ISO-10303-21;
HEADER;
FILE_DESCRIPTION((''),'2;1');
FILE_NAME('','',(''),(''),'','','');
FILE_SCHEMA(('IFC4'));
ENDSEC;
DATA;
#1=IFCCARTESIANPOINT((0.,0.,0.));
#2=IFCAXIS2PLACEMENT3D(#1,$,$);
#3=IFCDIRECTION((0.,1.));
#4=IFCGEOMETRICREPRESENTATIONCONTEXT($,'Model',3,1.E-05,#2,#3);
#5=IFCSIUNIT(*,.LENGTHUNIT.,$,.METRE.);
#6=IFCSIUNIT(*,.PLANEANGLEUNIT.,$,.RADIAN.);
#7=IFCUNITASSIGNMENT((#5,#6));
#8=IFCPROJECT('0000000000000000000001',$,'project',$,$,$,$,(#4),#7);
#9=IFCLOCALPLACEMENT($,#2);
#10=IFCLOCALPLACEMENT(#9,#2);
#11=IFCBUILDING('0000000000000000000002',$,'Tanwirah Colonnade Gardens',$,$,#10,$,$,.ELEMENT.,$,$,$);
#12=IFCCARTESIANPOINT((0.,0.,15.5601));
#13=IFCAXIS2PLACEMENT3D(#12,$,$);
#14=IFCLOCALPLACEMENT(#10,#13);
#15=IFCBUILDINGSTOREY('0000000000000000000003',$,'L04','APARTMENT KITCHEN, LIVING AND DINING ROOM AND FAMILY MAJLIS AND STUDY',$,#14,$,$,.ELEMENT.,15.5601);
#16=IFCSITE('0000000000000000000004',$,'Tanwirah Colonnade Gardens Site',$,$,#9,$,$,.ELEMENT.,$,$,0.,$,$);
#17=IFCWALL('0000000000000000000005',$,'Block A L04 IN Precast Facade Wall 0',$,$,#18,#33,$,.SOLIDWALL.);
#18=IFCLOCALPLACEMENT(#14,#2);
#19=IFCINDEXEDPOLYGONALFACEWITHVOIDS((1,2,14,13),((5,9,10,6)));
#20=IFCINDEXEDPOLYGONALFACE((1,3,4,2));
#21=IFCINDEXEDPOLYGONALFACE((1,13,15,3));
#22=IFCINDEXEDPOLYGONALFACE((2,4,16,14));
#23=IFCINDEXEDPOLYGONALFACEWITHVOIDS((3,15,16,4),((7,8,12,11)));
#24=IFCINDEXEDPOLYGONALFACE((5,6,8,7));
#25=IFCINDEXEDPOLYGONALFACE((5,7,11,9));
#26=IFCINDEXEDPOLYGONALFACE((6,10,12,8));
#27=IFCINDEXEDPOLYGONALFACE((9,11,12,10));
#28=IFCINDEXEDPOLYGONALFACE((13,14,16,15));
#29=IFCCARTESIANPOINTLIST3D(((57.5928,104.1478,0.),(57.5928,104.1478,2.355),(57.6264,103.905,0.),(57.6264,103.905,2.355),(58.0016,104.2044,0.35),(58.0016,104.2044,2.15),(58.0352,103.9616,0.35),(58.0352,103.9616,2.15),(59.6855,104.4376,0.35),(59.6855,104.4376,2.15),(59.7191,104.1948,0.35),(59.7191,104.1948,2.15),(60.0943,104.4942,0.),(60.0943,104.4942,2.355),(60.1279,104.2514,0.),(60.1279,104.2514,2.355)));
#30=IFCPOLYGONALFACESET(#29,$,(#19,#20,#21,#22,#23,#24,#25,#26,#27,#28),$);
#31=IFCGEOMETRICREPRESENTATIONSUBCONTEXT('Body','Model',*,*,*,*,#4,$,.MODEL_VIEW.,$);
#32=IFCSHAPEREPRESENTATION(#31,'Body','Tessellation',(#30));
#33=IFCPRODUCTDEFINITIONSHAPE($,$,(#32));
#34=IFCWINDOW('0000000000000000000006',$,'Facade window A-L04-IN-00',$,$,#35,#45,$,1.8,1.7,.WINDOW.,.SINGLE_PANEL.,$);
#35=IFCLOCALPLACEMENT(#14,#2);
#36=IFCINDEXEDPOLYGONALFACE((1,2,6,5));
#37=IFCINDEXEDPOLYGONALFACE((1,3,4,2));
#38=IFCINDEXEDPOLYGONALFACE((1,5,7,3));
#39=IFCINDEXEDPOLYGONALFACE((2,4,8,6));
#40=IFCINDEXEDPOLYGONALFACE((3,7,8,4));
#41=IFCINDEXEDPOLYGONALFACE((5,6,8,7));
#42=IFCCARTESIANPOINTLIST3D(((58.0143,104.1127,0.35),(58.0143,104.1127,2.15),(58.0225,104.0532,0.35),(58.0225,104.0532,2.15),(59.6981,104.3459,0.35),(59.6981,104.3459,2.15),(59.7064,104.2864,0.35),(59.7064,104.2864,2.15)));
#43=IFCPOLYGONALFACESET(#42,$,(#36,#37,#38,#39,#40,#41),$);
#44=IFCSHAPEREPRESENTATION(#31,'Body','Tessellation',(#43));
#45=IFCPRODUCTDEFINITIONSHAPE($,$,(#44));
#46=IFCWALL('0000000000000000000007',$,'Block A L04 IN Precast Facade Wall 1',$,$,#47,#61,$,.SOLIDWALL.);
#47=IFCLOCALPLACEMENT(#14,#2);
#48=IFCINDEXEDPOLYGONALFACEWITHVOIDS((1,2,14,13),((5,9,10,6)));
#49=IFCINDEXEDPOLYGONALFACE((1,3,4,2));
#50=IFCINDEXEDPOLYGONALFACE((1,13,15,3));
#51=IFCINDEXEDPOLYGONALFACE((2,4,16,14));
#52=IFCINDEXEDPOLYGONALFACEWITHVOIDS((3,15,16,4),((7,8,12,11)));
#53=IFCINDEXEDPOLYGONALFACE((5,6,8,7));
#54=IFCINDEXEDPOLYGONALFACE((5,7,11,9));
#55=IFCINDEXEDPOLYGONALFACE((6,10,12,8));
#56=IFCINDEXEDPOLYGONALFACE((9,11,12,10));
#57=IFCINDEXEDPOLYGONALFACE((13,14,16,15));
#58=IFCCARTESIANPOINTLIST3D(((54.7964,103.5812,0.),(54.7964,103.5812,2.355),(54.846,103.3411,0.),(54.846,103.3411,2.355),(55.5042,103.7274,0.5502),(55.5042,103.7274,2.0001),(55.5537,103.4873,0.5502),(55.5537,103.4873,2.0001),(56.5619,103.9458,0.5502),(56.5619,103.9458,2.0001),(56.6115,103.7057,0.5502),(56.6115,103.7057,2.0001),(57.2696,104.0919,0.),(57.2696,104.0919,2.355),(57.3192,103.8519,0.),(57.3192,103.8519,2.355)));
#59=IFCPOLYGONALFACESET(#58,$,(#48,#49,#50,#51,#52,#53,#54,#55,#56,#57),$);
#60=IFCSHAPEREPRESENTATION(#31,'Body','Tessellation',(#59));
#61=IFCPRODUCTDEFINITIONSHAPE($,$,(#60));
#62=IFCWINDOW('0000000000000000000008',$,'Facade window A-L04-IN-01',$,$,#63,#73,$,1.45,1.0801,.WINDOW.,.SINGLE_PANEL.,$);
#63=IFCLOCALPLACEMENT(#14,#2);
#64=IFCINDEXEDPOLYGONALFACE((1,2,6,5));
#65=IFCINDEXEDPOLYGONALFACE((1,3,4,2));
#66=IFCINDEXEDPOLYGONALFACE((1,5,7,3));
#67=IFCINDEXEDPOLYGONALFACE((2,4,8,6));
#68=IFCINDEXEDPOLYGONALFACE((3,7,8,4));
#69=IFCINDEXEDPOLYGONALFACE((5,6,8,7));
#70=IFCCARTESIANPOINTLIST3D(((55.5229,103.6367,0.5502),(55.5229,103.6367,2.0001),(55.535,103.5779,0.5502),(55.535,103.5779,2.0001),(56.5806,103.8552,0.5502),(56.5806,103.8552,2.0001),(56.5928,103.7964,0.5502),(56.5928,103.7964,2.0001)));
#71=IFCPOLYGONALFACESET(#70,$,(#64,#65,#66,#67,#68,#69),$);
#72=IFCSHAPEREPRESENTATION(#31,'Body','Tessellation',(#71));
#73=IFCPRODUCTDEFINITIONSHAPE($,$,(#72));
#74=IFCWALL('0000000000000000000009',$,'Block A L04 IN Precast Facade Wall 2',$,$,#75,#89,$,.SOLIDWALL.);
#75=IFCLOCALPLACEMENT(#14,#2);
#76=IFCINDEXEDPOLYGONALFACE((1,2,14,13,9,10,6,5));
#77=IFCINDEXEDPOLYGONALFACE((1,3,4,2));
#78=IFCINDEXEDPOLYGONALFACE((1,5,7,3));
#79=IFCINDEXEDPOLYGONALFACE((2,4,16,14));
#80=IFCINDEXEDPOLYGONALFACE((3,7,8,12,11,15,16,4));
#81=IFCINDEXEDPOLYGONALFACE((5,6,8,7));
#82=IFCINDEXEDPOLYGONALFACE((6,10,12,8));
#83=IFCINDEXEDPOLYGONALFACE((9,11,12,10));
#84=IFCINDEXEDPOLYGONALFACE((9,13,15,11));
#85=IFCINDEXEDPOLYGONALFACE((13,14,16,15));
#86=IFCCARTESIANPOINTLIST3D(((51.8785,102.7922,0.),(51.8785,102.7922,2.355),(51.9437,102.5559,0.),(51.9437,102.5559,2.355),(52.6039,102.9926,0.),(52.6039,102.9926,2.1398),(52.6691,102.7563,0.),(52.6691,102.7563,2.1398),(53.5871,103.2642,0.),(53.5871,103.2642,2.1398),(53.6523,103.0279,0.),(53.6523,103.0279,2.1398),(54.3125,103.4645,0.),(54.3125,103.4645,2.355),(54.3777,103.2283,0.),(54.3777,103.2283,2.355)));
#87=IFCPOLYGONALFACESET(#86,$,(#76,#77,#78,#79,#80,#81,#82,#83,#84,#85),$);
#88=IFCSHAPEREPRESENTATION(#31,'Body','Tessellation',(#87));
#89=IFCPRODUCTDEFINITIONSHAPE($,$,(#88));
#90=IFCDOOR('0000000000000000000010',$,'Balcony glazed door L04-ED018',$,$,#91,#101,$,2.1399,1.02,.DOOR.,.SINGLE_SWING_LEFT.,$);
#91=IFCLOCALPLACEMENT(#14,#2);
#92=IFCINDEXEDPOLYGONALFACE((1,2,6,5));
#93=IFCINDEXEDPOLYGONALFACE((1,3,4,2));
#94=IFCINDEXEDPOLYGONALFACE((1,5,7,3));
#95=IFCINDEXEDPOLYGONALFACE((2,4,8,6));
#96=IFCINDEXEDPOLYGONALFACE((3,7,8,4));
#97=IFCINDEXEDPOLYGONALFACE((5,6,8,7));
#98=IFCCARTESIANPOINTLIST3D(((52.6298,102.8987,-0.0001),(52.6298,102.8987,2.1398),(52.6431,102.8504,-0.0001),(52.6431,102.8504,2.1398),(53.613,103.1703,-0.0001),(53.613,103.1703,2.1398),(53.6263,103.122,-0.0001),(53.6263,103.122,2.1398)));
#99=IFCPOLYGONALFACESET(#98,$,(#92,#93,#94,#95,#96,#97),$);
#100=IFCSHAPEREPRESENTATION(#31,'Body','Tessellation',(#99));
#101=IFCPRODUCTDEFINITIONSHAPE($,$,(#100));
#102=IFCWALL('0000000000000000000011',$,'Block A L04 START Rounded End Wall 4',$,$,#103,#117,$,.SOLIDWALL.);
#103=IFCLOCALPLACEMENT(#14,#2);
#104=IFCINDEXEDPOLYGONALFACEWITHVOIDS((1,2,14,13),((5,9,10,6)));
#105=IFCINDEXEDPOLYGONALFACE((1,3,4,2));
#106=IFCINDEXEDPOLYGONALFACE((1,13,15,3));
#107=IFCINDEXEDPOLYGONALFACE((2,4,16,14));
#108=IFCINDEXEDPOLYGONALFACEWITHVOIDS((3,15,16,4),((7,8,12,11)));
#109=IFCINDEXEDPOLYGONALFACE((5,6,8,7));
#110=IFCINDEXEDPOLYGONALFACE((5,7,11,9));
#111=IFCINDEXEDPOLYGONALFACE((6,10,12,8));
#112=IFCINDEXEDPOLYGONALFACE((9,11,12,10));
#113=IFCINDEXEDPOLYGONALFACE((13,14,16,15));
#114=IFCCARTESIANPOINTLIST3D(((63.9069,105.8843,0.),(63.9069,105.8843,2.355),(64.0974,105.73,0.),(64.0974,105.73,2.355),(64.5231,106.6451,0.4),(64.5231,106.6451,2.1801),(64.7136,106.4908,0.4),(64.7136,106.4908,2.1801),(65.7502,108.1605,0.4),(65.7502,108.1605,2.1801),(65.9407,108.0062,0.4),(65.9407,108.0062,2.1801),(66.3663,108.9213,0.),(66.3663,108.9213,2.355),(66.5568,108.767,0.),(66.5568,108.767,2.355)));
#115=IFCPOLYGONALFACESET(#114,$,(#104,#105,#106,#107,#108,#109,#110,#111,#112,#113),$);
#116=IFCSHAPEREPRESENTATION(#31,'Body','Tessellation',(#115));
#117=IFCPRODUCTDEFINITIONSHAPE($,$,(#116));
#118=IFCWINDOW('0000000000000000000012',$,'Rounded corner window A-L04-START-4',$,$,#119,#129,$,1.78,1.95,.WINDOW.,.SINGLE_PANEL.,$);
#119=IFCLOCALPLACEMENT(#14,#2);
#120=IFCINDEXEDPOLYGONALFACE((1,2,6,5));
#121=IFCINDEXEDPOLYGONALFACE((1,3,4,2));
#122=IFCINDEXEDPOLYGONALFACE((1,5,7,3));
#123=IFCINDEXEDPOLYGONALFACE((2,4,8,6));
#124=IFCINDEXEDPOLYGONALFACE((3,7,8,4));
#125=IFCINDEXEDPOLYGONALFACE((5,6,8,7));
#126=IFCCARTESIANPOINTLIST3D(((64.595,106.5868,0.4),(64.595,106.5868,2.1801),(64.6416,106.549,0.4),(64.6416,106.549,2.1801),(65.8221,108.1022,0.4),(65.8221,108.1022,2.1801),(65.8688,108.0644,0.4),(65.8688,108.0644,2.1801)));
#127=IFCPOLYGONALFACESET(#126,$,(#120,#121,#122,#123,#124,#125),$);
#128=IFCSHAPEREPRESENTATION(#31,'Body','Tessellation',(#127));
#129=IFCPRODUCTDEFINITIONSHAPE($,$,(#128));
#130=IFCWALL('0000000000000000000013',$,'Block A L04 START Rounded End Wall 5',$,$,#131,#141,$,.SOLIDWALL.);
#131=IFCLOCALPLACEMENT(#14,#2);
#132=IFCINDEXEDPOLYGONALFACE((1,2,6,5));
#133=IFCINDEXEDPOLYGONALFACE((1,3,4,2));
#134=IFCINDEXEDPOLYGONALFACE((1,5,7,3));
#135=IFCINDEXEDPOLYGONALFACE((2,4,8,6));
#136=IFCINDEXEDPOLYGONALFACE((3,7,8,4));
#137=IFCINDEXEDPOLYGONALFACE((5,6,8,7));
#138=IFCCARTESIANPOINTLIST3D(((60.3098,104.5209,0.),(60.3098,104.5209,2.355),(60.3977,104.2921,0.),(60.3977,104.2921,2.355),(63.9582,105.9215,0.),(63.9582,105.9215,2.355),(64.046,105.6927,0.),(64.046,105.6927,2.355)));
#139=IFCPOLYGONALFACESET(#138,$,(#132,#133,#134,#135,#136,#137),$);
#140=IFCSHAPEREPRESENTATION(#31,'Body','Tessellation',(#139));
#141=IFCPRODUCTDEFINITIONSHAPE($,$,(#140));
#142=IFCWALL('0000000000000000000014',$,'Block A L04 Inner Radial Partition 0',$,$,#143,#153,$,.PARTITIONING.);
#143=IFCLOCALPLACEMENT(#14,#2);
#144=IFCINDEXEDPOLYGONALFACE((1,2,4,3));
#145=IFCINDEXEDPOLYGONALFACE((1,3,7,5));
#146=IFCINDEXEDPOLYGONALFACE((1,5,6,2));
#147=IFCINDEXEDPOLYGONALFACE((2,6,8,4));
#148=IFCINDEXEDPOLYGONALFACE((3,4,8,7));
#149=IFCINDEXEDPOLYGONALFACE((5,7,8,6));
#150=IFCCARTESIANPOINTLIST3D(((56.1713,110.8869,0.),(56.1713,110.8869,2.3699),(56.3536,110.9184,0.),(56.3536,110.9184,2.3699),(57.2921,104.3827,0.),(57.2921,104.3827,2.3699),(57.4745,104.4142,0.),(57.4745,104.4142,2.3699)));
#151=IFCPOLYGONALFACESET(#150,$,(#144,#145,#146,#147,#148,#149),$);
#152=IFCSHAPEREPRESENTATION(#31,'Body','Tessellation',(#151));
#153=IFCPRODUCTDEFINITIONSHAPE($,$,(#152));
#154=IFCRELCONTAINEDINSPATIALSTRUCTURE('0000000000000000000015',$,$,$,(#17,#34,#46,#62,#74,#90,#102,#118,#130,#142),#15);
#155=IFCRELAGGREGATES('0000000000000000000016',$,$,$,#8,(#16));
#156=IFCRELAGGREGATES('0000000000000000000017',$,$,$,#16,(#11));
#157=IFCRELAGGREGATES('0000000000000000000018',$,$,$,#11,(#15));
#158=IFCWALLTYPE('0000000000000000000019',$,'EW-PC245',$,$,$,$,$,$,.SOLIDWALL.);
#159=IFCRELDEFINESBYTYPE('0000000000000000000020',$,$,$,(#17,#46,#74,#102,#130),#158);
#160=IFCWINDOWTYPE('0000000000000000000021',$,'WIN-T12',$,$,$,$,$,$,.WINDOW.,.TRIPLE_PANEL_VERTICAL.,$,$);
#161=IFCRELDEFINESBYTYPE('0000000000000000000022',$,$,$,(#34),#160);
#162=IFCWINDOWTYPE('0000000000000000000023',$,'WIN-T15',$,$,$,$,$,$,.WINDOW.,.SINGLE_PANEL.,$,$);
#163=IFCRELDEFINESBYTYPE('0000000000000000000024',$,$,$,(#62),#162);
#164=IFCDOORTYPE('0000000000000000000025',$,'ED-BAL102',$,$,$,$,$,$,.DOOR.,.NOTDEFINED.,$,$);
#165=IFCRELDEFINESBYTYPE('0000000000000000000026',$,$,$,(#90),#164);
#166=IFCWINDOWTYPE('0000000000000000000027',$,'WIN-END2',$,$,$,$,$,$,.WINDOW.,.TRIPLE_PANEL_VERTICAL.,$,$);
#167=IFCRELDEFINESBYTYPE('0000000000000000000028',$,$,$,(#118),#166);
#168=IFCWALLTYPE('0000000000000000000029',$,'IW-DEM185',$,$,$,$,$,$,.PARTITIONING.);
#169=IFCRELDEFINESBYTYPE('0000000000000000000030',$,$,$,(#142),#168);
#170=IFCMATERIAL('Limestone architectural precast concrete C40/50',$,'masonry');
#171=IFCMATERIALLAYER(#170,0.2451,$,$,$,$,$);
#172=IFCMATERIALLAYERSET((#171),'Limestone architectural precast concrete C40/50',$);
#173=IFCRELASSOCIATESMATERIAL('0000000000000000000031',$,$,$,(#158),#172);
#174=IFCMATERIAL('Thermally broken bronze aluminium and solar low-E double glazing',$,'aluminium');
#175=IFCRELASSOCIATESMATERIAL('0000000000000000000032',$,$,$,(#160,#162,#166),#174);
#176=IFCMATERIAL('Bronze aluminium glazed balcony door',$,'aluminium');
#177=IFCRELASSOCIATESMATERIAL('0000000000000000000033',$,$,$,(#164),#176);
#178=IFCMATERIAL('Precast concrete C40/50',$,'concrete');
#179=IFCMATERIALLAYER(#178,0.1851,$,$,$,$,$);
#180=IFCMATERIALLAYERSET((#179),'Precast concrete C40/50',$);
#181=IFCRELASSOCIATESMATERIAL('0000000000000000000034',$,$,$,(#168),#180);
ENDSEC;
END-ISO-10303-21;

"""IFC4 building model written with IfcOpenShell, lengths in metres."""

from ifc_helpers import new_model, si_unit, direction, frame, frame_2d, origin, place, context, subcontext, project, spatial, rectangle, extrude, material, layer, layer_set, type_object, element, fill, save


model = new_model("IFC4")

# Units and contexts
model_context = context("Model", 3, precision=1e-05, world=origin(), true_north=direction((0.0, 1.0)))
body_context = subcontext(model_context, "Body", "Model", "MODEL_VIEW")
ifc_project = project(units=[si_unit("LENGTHUNIT", "METRE"), si_unit("PLANEANGLEUNIT", "RADIAN")], contexts=[model_context])

# Site, building, storey
site_placement = place(None, origin())
site = spatial("IfcSite", under=ifc_project, at=site_placement, Name="Tanwirah Colonnade Gardens Site", CompositionType="ELEMENT", RefElevation=0.0)
building_placement = place(site_placement, origin())
building = spatial("IfcBuilding", under=site, at=building_placement, Name="Tanwirah Colonnade Gardens", CompositionType="ELEMENT")
storey_placement = place(building_placement, frame((0.0, 0.0, 15.5601)))
storey = spatial("IfcBuildingStorey", under=building, at=storey_placement, Name="L04", Description="APARTMENT KITCHEN, LIVING AND DINING ROOM AND FAMILY MAJLIS AND STUDY", CompositionType="ELEMENT", Elevation=15.5601)

# Shared definitions
ifc_material_1 = material(Name="Precast concrete C40/50", Category="concrete")

# Walls, openings, windows
ifc_material_2 = material(Name="Limestone architectural precast concrete C40/50", Category="masonry")
ifc_layer_1 = layer(ifc_material_2, 0.2451)
ifc_layer_set_1 = layer_set([ifc_layer_1], Name="Limestone architectural precast concrete C40/50")
wall_type_1 = type_object("IfcWallType", Name="EW-PC245", PredefinedType="SOLIDWALL", material=ifc_layer_set_1)
wall_1_placement = place(storey_placement, frame((60.1111, 104.3728, 0.0), z_axis=(0.0, 0.0, 1.0), x_axis=(-0.990546, -0.137184, 0.0)))
wall_1 = element("IfcWall", 1, at=wall_1_placement, inside=storey, type_object=wall_type_1, Name="Block A L04 IN Precast Facade Wall 0", PredefinedType="SOLIDWALL", context=body_context, shape_type="SweptSolid", body=[
    extrude(rectangle(XDim=2.5254, YDim=0.2451, at=frame_2d((1.2627, 0.0))), origin(), (0.0, 0.0, 1.0), 2.355),
])
opening_1_placement = place(wall_1_placement, frame((0.4126, 0.0, 0.3501)))
opening_1 = element("IfcOpeningElement", 2, at=opening_1_placement, cuts=wall_1, PredefinedType="OPENING", context=body_context, shape_type="SweptSolid", body=[
    extrude(rectangle(XDim=1.7, YDim=1.8, at=frame_2d((0.8501, 0.8999))), frame((0.0, 0.1326, 0.0), z_axis=(0.0, -1.0, 0.0), x_axis=(1.0, 0.0, 0.0)), (0.0, 0.0, 1.0), 0.2651),
])
ifc_material_3 = material(Name="Thermally broken bronze aluminium and solar low-E double glazing", Category="aluminium")
window_type_1 = type_object("IfcWindowType", Name="WIN-T12", PartitioningType="TRIPLE_PANEL_VERTICAL", PredefinedType="WINDOW", material=ifc_material_3)
window_1_placement = place(opening_1_placement, origin())
window_1 = element("IfcWindow", 3, at=window_1_placement, inside=storey, type_object=window_type_1, Name="Facade window A-L04-IN-00", OverallHeight=1.8, OverallWidth=1.7, PartitioningType="SINGLE_PANEL", PredefinedType="WINDOW", context=body_context, shape_type="SweptSolid", body=[
    extrude(rectangle(XDim=1.7, YDim=1.8, at=frame_2d((0.8501, 0.8999))), frame((0.0, 0.03, 0.0), z_axis=(0.0, -1.0, 0.0), x_axis=(1.0, 0.0, 0.0)), (0.0, 0.0, 1.0), 0.0601),
])
fill(opening_1, window_1)
wall_2_placement = place(storey_placement, frame((57.2944, 103.9719, 0.0), z_axis=(0.0, 0.0, 1.0), x_axis=(-0.979334, -0.202248, 0.0)))
wall_2 = element("IfcWall", 4, at=wall_2_placement, inside=storey, type_object=wall_type_1, Name="Block A L04 IN Precast Facade Wall 1", PredefinedType="SOLIDWALL", context=body_context, shape_type="SweptSolid", body=[
    extrude(rectangle(XDim=2.5254, YDim=0.2451, at=frame_2d((1.2627, 0.0))), origin(), (0.0, 0.0, 1.0), 2.355),
])
opening_2_placement = place(wall_2_placement, frame((0.7227, 0.0, 0.55)))
opening_2 = element("IfcOpeningElement", 5, at=opening_2_placement, cuts=wall_2, PredefinedType="OPENING", context=body_context, shape_type="SweptSolid", body=[
    extrude(rectangle(XDim=1.0801, YDim=1.45, at=frame_2d((0.54, 0.7251))), frame((0.0, 0.1326, 0.0), z_axis=(0.0, -1.0, 0.0), x_axis=(1.0, 0.0, 0.0)), (0.0, 0.0, 1.0), 0.2651),
])
window_type_2 = type_object("IfcWindowType", Name="WIN-T15", PartitioningType="SINGLE_PANEL", PredefinedType="WINDOW", material=ifc_material_3)
window_2_placement = place(opening_2_placement, origin())
window_2 = element("IfcWindow", 6, at=window_2_placement, inside=storey, type_object=window_type_2, Name="Facade window A-L04-IN-01", OverallHeight=1.45, OverallWidth=1.0801, PartitioningType="SINGLE_PANEL", PredefinedType="WINDOW", context=body_context, shape_type="SweptSolid", body=[
    extrude(rectangle(XDim=1.0801, YDim=1.45, at=frame_2d((0.54, 0.7251))), frame((0.0, 0.03, 0.0), z_axis=(0.0, -1.0, 0.0), x_axis=(1.0, 0.0, 0.0)), (0.0, 0.0, 1.0), 0.0601),
])
fill(opening_2, window_2)

# Wall, opening, door
wall_3_placement = place(storey_placement, frame((54.3452, 103.3464, 0.0), z_axis=(0.0, 0.0, 1.0), x_axis=(-0.963902, -0.266257, 0.0)))
wall_3 = element("IfcWall", 7, at=wall_3_placement, inside=storey, type_object=wall_type_1, Name="Block A L04 IN Precast Facade Wall 2", PredefinedType="SOLIDWALL", context=body_context, shape_type="SweptSolid", body=[
    extrude(rectangle(XDim=2.5251, YDim=0.2451, at=frame_2d((1.2627, 0.0))), origin(), (0.0, 0.0, 1.0), 2.355),
])
opening_3_placement = place(wall_3_placement, frame((0.7527, 0.0, 0.0)))
opening_3 = element("IfcOpeningElement", 8, at=opening_3_placement, cuts=wall_3, PredefinedType="OPENING", context=body_context, shape_type="SweptSolid", body=[
    extrude(rectangle(XDim=1.02, YDim=2.1399, at=frame_2d((0.51, 1.0698))), frame((0.0, 0.1326, 0.0), z_axis=(0.0, -1.0, 0.0), x_axis=(1.0, 0.0, 0.0)), (0.0, 0.0, 1.0), 0.2651),
])
ifc_material_4 = material(Name="Bronze aluminium glazed balcony door", Category="aluminium")
door_type_1 = type_object("IfcDoorType", Name="ED-BAL102", OperationType="NOTDEFINED", PredefinedType="DOOR", material=ifc_material_4)
door_1_placement = place(opening_3_placement, origin())
door_1 = element("IfcDoor", 9, at=door_1_placement, inside=storey, type_object=door_type_1, Name="Balcony glazed door L04-ED018", OperationType="SINGLE_SWING_LEFT", OverallHeight=2.1399, OverallWidth=1.02, PredefinedType="DOOR", context=body_context, shape_type="SweptSolid", body=[
    extrude(rectangle(XDim=1.02, YDim=2.1399, at=frame_2d((0.51, 1.0698))), frame((0.0, 0.0249, 0.0), z_axis=(0.0, -1.0, 0.0), x_axis=(1.0, 0.0, 0.0)), (0.0, 0.0, 1.0), 0.05),
])
fill(opening_3, door_1)

# Wall, opening, window
wall_4_placement = place(storey_placement, frame((66.4617, 108.8442, 0.0), z_axis=(0.0, 0.0, 1.0), x_axis=(-0.629331, -0.777137, 0.0)))
wall_4 = element("IfcWall", 10, at=wall_4_placement, inside=storey, type_object=wall_type_1, Name="Block A L04 START Rounded End Wall 4", PredefinedType="SOLIDWALL", context=body_context, shape_type="SweptSolid", body=[
    extrude(rectangle(XDim=3.908, YDim=0.2451, at=frame_2d((1.9541, 0.0))), origin(), (0.0, 0.0, 1.0), 2.355),
])
opening_4_placement = place(wall_4_placement, frame((0.979, 0.0, 0.3999)))
opening_4 = element("IfcOpeningElement", 11, at=opening_4_placement, cuts=wall_4, PredefinedType="OPENING", context=body_context, shape_type="SweptSolid", body=[
    extrude(rectangle(XDim=1.95, YDim=1.78, at=frame_2d((0.9751, 0.8901))), frame((0.0, 0.1326, 0.0), z_axis=(0.0, -1.0, 0.0), x_axis=(1.0, 0.0, 0.0)), (0.0, 0.0, 1.0), 0.2651),
])
window_type_3 = type_object("IfcWindowType", Name="WIN-END2", PartitioningType="TRIPLE_PANEL_VERTICAL", PredefinedType="WINDOW", material=ifc_material_3)
window_3_placement = place(opening_4_placement, origin())
window_3 = element("IfcWindow", 12, at=window_3_placement, inside=storey, type_object=window_type_3, Name="Rounded corner window A-L04-START-4", OverallHeight=1.78, OverallWidth=1.95, PartitioningType="SINGLE_PANEL", PredefinedType="WINDOW", context=body_context, shape_type="SweptSolid", body=[
    extrude(rectangle(XDim=1.95, YDim=1.78, at=frame_2d((0.9751, 0.8901))), frame((0.0, 0.03, 0.0), z_axis=(0.0, -1.0, 0.0), x_axis=(1.0, 0.0, 0.0)), (0.0, 0.0, 1.0), 0.0601),
])
fill(opening_4, window_3)

# Wall
wall_5_placement = place(storey_placement, frame((64.0022, 105.8071, 0.0), z_axis=(0.0, 0.0, 1.0), x_axis=(-0.933569, -0.358397, 0.0)))
element("IfcWall", 13, at=wall_5_placement, inside=storey, type_object=wall_type_1, Name="Block A L04 START Rounded End Wall 5", PredefinedType="SOLIDWALL", context=body_context, shape_type="SweptSolid", body=[
    extrude(rectangle(XDim=3.908, YDim=0.2451, at=frame_2d((1.9541, 0.0))), origin(), (0.0, 0.0, 1.0), 2.355),
])

# Wall
ifc_layer_2 = layer(ifc_material_1, 0.1851)
ifc_layer_set_2 = layer_set([ifc_layer_2], Name="Precast concrete C40/50")
wall_type_2 = type_object("IfcWallType", Name="IW-DEM185", PredefinedType="PARTITIONING", material=ifc_layer_set_2)
wall_6_placement = place(storey_placement, frame((57.3833, 104.3984, 0.0), z_axis=(0.0, 0.0, 1.0), x_axis=(-0.169825, 0.985474, 0.0)))
element("IfcWall", 14, at=wall_6_placement, inside=storey, type_object=wall_type_2, Name="Block A L04 Inner Radial Partition 0", PredefinedType="PARTITIONING", context=body_context, shape_type="SweptSolid", body=[
    extrude(rectangle(XDim=6.6001, YDim=0.1851, at=frame_2d((3.3, 0.0))), origin(), (0.0, 0.0, 1.0), 2.3699),
])

save(model, "model.ifc")
